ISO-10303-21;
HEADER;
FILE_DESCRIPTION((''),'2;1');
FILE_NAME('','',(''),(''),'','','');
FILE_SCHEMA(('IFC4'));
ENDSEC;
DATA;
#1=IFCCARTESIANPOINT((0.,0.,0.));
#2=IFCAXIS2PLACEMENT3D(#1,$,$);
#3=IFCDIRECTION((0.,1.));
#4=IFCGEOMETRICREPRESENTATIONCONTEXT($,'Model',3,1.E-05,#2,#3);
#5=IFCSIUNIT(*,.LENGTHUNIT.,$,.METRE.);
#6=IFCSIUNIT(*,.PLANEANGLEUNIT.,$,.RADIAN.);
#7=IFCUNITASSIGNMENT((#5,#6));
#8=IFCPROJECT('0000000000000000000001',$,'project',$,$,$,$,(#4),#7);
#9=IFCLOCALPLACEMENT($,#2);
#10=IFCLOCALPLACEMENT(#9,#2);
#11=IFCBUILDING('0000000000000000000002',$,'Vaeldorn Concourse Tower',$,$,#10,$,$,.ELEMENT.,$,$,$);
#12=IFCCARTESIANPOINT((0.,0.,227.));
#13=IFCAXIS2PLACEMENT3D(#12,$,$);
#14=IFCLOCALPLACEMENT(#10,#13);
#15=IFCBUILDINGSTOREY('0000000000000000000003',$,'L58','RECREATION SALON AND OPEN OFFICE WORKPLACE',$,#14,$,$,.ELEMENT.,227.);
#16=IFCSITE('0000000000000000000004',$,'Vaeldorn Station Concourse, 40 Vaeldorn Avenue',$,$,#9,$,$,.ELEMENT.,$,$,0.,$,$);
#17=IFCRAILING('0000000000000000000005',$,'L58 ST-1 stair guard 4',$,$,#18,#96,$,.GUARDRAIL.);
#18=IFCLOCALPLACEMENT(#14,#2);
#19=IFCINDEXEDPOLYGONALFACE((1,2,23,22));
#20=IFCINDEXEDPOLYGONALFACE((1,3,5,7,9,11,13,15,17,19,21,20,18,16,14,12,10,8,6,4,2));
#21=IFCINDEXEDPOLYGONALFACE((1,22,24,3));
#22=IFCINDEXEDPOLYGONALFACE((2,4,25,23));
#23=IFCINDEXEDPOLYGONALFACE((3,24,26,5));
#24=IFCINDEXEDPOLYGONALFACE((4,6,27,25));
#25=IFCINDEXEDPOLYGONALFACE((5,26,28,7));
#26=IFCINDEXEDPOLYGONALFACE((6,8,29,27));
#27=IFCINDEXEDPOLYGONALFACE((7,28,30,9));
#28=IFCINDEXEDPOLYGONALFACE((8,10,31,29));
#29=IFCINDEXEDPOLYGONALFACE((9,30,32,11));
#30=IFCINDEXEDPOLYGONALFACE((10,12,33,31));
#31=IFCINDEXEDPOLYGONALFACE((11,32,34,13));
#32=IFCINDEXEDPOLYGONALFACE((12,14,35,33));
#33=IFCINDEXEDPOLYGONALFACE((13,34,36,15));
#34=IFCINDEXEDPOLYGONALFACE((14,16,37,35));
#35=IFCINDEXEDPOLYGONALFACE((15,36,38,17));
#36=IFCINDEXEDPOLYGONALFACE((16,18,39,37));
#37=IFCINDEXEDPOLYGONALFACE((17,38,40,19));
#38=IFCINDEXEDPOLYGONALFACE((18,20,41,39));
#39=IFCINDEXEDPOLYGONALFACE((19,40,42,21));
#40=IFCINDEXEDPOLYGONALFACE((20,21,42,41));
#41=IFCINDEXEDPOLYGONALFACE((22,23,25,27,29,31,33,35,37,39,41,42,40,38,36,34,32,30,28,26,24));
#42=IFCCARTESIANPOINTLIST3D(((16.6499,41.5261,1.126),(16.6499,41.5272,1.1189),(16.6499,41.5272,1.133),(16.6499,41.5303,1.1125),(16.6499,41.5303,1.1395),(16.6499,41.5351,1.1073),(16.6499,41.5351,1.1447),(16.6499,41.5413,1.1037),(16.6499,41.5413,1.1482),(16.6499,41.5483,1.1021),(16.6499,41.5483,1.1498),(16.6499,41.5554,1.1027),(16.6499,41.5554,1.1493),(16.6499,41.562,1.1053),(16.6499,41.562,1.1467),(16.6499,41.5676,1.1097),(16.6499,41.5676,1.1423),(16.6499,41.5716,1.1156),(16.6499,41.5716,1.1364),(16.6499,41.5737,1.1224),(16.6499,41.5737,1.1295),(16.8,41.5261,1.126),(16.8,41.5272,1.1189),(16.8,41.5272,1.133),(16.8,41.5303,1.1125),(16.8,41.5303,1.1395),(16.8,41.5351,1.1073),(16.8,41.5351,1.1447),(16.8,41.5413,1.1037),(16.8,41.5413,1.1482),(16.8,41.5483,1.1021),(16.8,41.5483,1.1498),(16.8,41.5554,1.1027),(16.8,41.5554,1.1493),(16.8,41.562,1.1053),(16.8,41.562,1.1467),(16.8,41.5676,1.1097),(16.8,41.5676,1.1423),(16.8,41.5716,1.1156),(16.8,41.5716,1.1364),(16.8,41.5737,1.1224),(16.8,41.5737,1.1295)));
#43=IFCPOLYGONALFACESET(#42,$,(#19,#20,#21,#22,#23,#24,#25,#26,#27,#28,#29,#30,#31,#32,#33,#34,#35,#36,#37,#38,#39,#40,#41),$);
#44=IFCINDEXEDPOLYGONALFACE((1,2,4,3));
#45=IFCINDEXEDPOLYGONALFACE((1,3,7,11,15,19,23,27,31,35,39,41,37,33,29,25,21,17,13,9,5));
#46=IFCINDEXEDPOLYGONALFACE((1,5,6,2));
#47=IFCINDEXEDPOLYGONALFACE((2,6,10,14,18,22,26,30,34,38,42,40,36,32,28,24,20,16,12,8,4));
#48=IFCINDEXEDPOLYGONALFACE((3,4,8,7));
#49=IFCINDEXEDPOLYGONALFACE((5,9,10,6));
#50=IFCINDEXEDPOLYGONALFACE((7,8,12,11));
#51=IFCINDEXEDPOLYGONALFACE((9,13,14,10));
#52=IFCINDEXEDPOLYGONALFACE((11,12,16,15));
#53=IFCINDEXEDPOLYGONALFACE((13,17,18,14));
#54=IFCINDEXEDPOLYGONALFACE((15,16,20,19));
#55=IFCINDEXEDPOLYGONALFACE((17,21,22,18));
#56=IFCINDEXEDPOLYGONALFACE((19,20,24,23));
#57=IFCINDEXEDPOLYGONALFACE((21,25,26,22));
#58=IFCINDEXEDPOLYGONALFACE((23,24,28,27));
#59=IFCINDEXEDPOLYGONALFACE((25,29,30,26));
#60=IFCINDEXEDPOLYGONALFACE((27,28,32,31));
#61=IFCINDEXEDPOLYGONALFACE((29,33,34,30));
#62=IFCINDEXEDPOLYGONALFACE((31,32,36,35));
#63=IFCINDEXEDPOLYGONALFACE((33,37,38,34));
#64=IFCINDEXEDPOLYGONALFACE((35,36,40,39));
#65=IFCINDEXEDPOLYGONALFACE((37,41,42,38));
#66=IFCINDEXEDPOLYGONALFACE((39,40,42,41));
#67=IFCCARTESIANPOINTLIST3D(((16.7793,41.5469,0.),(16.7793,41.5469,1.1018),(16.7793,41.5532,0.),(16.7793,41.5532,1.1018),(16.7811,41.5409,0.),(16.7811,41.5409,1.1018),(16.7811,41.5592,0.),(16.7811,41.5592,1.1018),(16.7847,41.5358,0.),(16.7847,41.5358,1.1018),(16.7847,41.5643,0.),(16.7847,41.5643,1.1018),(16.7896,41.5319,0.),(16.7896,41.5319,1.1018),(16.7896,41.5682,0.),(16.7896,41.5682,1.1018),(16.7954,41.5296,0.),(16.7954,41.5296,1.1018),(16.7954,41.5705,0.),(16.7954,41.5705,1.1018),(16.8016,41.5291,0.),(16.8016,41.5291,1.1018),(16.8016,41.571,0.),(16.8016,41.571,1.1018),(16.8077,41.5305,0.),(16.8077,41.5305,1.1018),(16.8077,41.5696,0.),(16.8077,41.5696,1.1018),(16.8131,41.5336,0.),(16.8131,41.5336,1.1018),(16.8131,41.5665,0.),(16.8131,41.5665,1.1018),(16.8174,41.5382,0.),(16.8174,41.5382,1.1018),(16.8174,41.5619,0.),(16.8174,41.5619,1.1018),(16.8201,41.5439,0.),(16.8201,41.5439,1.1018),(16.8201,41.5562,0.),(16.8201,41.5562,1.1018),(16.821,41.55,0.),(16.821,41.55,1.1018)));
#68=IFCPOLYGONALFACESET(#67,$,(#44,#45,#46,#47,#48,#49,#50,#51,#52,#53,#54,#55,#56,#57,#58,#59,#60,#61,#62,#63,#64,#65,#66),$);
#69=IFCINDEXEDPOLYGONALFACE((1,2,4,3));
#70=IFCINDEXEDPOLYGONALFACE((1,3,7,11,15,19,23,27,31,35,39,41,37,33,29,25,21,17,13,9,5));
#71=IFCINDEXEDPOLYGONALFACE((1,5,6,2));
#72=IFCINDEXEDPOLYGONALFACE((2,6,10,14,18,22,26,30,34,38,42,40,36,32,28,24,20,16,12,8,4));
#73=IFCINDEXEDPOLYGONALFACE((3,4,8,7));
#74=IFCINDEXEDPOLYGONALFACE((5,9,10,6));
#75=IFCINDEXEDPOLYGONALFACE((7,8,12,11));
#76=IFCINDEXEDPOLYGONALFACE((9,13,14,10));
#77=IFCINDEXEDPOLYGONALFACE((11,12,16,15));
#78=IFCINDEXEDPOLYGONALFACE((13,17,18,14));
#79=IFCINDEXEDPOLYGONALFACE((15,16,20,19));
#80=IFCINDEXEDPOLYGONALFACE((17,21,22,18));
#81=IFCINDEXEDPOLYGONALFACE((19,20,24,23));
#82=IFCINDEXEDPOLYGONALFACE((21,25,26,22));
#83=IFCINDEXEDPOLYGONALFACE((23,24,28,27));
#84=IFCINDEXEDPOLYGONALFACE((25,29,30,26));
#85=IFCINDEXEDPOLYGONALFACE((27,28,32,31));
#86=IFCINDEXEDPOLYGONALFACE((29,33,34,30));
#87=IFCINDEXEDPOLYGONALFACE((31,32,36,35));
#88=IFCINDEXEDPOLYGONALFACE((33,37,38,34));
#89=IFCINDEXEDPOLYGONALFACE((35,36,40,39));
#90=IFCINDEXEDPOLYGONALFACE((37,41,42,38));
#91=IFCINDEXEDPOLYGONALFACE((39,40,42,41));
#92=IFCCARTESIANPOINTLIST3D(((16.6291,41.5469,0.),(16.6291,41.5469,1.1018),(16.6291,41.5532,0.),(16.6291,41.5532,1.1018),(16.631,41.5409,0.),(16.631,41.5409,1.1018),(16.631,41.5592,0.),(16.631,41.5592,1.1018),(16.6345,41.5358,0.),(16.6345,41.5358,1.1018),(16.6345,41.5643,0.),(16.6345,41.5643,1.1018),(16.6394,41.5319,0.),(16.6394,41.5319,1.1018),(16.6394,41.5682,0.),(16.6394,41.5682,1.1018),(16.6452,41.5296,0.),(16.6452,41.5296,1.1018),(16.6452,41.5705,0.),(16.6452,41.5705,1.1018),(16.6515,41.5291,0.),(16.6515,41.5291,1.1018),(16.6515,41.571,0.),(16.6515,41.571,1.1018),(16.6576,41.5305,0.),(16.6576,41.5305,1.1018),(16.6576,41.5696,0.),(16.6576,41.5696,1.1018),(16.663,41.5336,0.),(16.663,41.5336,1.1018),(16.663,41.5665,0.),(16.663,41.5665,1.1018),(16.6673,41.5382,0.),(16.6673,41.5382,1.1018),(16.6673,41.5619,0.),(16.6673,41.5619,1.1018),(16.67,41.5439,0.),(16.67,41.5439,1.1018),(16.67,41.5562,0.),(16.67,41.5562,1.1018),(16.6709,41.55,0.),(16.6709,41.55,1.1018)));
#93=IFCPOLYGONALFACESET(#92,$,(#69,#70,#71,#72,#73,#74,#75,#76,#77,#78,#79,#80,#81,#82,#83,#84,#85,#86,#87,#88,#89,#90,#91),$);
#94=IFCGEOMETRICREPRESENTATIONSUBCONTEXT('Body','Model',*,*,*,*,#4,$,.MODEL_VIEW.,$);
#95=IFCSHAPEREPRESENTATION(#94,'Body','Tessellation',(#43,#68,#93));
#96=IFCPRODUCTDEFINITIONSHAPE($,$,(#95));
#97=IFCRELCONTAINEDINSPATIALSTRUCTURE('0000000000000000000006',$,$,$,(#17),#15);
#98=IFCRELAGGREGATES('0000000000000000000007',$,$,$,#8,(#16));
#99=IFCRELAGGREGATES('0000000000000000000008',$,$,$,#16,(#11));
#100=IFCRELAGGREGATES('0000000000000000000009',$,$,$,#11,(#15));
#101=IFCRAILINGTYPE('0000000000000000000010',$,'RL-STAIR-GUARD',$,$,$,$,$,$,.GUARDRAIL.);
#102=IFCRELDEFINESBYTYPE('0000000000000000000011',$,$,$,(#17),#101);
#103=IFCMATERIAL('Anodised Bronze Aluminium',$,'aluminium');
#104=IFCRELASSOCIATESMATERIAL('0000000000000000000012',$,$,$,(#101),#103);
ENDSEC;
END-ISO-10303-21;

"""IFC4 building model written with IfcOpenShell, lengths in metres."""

from ifc_helpers import new_model, si_unit, direction, frame, origin, origin_2d, place, context, subcontext, project, spatial, circle, extrude, material, type_object, element, save


model = new_model("IFC4")

# Units and contexts
model_context = context("Model", 3, precision=1e-05, world=origin(), true_north=direction((0.0, 1.0)))
body_context = subcontext(model_context, "Body", "Model", "MODEL_VIEW")
ifc_project = project(units=[si_unit("LENGTHUNIT", "METRE"), si_unit("PLANEANGLEUNIT", "RADIAN")], contexts=[model_context])

# Site, building, storey
site_placement = place(None, origin())
site = spatial("IfcSite", under=ifc_project, at=site_placement, Name="Vaeldorn Station Concourse, 40 Vaeldorn Avenue", CompositionType="ELEMENT", RefElevation=0.0)
building_placement = place(site_placement, origin())
building = spatial("IfcBuilding", under=site, at=building_placement, Name="Vaeldorn Concourse Tower", CompositionType="ELEMENT")
storey_placement = place(building_placement, frame((0.0, 0.0, 227.0)))
storey = spatial("IfcBuildingStorey", under=building, at=storey_placement, Name="L58", Description="RECREATION SALON AND OPEN OFFICE WORKPLACE", CompositionType="ELEMENT", Elevation=227.0)

# Shared definitions
ifc_material_1 = material(Name="Anodised Bronze Aluminium", Category="aluminium")

# Railing
railing_type_1 = type_object("IfcRailingType", Name="RL-STAIR-GUARD", PredefinedType="GUARDRAIL", material=ifc_material_1)
railing_1_placement = place(storey_placement, frame((16.8, 41.55, 0.0)))
element("IfcRailing", 1, at=railing_1_placement, inside=storey, type_object=railing_type_1, Name="L58 ST-1 stair guard 4", PredefinedType="GUARDRAIL", context=body_context, shape_type="SweptSolid", body=[
    extrude(circle(Radius=0.0239, at=origin_2d()), frame((0.0, 0.0, 1.126), z_axis=(-1.0, 0.0, 0.0), x_axis=(0.0, -1.0, 0.0)), (0.0, 0.0, 1.0), 0.1501),
    extrude(circle(Radius=0.021, at=origin_2d()), origin(), (0.0, 0.0, 1.0), 1.1018),
    extrude(circle(Radius=0.021, at=origin_2d()), frame((-0.1501, 0.0, 0.0)), (0.0, 0.0, 1.0), 1.1018),
])

save(model, "model.ifc")
